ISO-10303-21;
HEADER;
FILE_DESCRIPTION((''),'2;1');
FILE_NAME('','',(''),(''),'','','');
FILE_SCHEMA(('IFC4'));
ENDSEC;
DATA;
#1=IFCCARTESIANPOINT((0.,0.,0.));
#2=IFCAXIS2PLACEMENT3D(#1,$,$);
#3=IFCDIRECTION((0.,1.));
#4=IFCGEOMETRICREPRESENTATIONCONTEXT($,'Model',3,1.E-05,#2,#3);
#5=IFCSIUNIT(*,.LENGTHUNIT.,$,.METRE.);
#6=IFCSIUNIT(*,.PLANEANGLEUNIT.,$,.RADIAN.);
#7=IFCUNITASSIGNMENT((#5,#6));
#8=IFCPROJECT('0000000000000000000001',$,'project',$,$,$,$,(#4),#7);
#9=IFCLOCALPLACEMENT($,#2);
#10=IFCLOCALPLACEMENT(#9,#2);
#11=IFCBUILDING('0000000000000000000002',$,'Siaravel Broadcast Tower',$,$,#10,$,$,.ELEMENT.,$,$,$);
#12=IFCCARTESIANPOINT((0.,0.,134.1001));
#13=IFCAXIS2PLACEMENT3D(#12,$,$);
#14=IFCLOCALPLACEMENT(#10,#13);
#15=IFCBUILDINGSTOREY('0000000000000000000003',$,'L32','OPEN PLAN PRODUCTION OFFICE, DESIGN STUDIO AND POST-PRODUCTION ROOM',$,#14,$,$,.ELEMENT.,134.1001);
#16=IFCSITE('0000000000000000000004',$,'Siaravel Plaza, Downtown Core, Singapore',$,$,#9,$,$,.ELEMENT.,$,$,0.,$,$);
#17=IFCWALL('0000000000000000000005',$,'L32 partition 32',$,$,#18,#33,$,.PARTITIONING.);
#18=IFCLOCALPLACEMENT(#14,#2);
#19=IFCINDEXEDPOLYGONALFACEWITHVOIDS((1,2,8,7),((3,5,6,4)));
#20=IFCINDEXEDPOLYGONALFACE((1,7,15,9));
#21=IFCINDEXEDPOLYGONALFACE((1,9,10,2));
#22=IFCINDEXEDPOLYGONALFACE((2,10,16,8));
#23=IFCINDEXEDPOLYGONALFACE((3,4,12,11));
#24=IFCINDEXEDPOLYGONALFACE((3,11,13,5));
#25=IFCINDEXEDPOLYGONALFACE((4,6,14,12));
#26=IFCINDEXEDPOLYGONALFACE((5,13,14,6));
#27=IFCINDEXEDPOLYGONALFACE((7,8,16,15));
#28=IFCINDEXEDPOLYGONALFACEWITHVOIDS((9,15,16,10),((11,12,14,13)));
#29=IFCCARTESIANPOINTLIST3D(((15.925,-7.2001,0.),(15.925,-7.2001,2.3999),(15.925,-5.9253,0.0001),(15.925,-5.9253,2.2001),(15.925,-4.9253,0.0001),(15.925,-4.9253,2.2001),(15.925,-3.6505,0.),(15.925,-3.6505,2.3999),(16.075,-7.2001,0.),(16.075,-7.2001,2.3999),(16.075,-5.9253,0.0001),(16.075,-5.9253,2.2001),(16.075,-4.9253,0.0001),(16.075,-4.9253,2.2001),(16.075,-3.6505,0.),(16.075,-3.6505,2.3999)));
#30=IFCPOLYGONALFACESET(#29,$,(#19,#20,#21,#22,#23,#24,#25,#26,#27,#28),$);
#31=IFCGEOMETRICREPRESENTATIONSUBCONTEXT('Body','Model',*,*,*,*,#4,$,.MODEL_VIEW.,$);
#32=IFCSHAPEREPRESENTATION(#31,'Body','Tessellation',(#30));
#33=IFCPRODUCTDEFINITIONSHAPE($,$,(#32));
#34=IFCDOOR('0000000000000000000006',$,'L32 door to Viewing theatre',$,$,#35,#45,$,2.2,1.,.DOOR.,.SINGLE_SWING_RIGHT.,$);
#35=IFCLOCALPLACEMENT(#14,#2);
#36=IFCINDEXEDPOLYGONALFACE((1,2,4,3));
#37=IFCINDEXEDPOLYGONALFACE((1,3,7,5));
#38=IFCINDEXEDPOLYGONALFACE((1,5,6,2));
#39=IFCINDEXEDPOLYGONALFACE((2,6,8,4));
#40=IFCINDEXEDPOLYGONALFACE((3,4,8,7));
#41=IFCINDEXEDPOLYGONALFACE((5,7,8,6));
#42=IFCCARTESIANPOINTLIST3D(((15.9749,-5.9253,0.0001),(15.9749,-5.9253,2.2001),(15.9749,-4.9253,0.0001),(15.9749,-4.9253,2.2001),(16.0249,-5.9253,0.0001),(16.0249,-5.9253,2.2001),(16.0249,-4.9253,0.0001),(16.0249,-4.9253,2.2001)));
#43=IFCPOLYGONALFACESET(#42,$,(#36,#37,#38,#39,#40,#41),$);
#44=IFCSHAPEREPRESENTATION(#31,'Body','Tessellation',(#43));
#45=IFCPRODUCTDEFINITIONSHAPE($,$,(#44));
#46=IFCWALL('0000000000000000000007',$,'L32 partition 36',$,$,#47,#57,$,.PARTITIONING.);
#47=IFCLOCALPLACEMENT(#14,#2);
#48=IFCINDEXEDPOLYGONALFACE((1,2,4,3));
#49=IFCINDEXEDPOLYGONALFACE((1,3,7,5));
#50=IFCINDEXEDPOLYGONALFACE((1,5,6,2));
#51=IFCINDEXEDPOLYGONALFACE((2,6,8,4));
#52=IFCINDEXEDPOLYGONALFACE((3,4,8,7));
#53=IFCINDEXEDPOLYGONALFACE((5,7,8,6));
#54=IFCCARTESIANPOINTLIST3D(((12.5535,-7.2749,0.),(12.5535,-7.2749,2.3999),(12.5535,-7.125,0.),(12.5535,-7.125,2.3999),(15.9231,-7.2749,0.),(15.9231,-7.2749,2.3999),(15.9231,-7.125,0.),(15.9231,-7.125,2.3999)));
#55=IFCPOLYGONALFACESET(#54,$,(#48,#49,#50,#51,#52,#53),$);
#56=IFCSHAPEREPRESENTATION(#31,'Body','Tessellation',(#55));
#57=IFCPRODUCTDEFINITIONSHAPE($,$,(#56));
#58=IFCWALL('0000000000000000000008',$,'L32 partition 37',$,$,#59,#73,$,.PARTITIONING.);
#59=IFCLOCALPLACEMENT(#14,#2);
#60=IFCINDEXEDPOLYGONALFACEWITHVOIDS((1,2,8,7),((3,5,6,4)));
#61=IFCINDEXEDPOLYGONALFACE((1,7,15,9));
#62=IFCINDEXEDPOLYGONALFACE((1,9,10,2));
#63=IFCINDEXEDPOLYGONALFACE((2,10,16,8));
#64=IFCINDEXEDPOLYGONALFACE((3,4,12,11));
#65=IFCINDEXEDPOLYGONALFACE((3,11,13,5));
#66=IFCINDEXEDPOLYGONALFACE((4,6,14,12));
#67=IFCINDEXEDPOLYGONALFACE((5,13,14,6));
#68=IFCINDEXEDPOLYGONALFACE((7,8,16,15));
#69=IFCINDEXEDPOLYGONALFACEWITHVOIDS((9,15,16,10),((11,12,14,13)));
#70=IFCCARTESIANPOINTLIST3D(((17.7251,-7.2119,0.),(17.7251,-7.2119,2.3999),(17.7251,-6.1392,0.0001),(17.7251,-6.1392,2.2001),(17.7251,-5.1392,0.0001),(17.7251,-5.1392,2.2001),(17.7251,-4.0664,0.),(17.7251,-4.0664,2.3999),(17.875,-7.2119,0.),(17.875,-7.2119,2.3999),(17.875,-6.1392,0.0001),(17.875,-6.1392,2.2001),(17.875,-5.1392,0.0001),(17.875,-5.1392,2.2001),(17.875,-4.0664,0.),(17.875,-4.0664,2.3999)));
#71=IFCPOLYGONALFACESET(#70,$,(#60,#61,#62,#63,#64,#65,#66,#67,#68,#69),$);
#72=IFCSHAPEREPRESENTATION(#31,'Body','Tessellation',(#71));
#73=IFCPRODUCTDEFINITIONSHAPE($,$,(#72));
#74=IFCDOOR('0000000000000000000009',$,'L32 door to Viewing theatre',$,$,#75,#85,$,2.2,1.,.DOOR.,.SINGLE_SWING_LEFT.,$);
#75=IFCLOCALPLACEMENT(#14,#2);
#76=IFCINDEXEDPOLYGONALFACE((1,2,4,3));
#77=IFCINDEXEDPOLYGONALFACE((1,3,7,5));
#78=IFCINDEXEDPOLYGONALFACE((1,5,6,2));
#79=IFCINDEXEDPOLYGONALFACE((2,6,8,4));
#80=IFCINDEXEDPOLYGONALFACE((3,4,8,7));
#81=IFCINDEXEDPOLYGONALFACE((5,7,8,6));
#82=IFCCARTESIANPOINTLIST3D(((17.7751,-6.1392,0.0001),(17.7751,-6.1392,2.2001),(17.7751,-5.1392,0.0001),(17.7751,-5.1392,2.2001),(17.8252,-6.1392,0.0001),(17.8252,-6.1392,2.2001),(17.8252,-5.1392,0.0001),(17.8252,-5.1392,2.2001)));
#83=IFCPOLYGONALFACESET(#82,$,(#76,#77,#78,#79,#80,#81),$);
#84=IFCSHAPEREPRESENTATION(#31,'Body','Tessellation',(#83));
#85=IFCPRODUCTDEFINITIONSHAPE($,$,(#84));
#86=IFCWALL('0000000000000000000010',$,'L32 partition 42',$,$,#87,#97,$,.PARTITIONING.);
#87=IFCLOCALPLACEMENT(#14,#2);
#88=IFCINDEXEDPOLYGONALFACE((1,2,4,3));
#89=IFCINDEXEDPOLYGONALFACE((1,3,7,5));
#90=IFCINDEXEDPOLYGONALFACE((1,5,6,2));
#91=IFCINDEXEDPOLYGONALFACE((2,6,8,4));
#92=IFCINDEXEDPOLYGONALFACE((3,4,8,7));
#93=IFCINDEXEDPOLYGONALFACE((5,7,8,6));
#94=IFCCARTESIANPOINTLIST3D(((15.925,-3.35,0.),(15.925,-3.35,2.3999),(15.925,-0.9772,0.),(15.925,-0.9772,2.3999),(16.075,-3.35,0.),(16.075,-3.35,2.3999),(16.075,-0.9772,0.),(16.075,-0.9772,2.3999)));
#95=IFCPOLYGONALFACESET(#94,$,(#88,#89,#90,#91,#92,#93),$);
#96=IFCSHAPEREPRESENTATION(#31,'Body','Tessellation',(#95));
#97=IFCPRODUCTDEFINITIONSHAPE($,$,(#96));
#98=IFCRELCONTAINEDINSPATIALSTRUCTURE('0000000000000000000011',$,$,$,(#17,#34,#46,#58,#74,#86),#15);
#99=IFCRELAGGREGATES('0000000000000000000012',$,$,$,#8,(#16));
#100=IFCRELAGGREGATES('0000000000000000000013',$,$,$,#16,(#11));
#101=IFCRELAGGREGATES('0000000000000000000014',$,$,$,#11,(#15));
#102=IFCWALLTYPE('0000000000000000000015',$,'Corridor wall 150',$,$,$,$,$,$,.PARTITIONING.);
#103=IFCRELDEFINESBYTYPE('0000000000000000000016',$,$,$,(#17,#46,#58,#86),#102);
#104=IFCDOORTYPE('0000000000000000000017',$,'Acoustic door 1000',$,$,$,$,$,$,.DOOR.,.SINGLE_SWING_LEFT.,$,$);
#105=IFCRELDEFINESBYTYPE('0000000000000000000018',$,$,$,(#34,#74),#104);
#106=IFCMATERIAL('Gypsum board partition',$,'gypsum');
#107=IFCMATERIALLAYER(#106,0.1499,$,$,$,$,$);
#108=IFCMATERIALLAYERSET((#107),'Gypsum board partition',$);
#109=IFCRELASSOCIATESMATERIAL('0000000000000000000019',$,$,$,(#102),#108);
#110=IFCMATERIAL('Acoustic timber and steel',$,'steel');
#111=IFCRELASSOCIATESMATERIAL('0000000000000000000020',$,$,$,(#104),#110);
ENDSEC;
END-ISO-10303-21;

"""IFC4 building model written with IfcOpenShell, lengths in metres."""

from ifc_helpers import new_model, si_unit, direction, frame, frame_2d, origin, place, context, subcontext, project, spatial, rectangle, extrude, material, layer, layer_set, type_object, element, fill, save


model = new_model("IFC4")

# Units and contexts
model_context = context("Model", 3, precision=1e-05, world=origin(), true_north=direction((0.0, 1.0)))
body_context = subcontext(model_context, "Body", "Model", "MODEL_VIEW")
ifc_project = project(units=[si_unit("LENGTHUNIT", "METRE"), si_unit("PLANEANGLEUNIT", "RADIAN")], contexts=[model_context])

# Site, building, storey
site_placement = place(None, origin())
site = spatial("IfcSite", under=ifc_project, at=site_placement, Name="Siaravel Plaza, Downtown Core, Singapore", CompositionType="ELEMENT", RefElevation=0.0)
building_placement = place(site_placement, origin())
building = spatial("IfcBuilding", under=site, at=building_placement, Name="Siaravel Broadcast Tower", CompositionType="ELEMENT")
storey_placement = place(building_placement, frame((0.0, 0.0, 134.1001)))
storey = spatial("IfcBuildingStorey", under=building, at=storey_placement, Name="L32", Description="OPEN PLAN PRODUCTION OFFICE, DESIGN STUDIO AND POST-PRODUCTION ROOM", CompositionType="ELEMENT", Elevation=134.1001)

# Wall, opening, door
ifc_material_1 = material(Name="Gypsum board partition", Category="gypsum")
ifc_layer_1 = layer(ifc_material_1, 0.1499)
ifc_layer_set_1 = layer_set([ifc_layer_1], Name="Gypsum board partition")
wall_type_1 = type_object("IfcWallType", Name="Corridor wall 150", PredefinedType="PARTITIONING", material=ifc_layer_set_1)
wall_1_placement = place(storey_placement, frame((16.0, -3.6504, 0.0), z_axis=(0.0, 0.0, 1.0), x_axis=(0.0, -1.0, 0.0)))
wall_1 = element("IfcWall", 1, at=wall_1_placement, inside=storey, type_object=wall_type_1, Name="L32 partition 32", PredefinedType="PARTITIONING", context=body_context, shape_type="SweptSolid", body=[
    extrude(rectangle(XDim=3.5496, YDim=0.1499, at=frame_2d((1.7749, 0.0))), origin(), (0.0, 0.0, 1.0), 2.3999),
])
opening_1_placement = place(wall_1_placement, frame((1.2749, 0.0, 0.0)))
opening_1 = element("IfcOpeningElement", 2, at=opening_1_placement, cuts=wall_1, PredefinedType="OPENING", context=body_context, shape_type="SweptSolid", body=[
    extrude(rectangle(XDim=1.0, YDim=2.2, at=frame_2d((0.5, 1.1001))), frame((0.0, 0.085, 0.0), z_axis=(0.0, -1.0, 0.0), x_axis=(1.0, 0.0, 0.0)), (0.0, 0.0, 1.0), 0.1699),
])
ifc_material_2 = material(Name="Acoustic timber and steel", Category="steel")
door_type_1 = type_object("IfcDoorType", Name="Acoustic door 1000", OperationType="SINGLE_SWING_LEFT", PredefinedType="DOOR", material=ifc_material_2)
door_1_placement = place(opening_1_placement, origin())
door_1 = element("IfcDoor", 3, at=door_1_placement, inside=storey, type_object=door_type_1, Name="L32 door to Viewing theatre", OperationType="SINGLE_SWING_RIGHT", OverallHeight=2.2, OverallWidth=1.0, PredefinedType="DOOR", context=body_context, shape_type="SweptSolid", body=[
    extrude(rectangle(XDim=1.0, YDim=2.2, at=frame_2d((0.5, 1.1001))), frame((0.0, 0.0249, 0.0), z_axis=(0.0, -1.0, 0.0), x_axis=(1.0, 0.0, 0.0)), (0.0, 0.0, 1.0), 0.05),
])
fill(opening_1, door_1)

# Wall
wall_2_placement = place(storey_placement, frame((15.9231, -7.2, 0.0), z_axis=(0.0, 0.0, 1.0), x_axis=(-1.0, 0.0, 0.0)))
element("IfcWall", 4, at=wall_2_placement, inside=storey, type_object=wall_type_1, Name="L32 partition 36", PredefinedType="PARTITIONING", context=body_context, shape_type="SweptSolid", body=[
    extrude(rectangle(XDim=3.3696, YDim=0.1499, at=frame_2d((1.6848, 0.0))), origin(), (0.0, 0.0, 1.0), 2.3999),
])

# Wall, opening, door
wall_3_placement = place(storey_placement, frame((17.8, -7.2119, 0.0), z_axis=(0.0, 0.0, 1.0), x_axis=(0.0, 1.0, 0.0)))
wall_3 = element("IfcWall", 5, at=wall_3_placement, inside=storey, type_object=wall_type_1, Name="L32 partition 37", PredefinedType="PARTITIONING", context=body_context, shape_type="SweptSolid", body=[
    extrude(rectangle(XDim=3.1455, YDim=0.1499, at=frame_2d((1.5728, 0.0))), origin(), (0.0, 0.0, 1.0), 2.3999),
])
opening_2_placement = place(wall_3_placement, frame((1.0728, 0.0, 0.0)))
opening_2 = element("IfcOpeningElement", 6, at=opening_2_placement, cuts=wall_3, PredefinedType="OPENING", context=body_context, shape_type="SweptSolid", body=[
    extrude(rectangle(XDim=1.0, YDim=2.2, at=frame_2d((0.5, 1.1001))), frame((0.0, 0.085, 0.0), z_axis=(0.0, -1.0, 0.0), x_axis=(1.0, 0.0, 0.0)), (0.0, 0.0, 1.0), 0.1699),
])
door_2_placement = place(opening_2_placement, origin())
door_2 = element("IfcDoor", 7, at=door_2_placement, inside=storey, type_object=door_type_1, Name="L32 door to Viewing theatre", OperationType="SINGLE_SWING_LEFT", OverallHeight=2.2, OverallWidth=1.0, PredefinedType="DOOR", context=body_context, shape_type="SweptSolid", body=[
    extrude(rectangle(XDim=1.0, YDim=2.2, at=frame_2d((0.5, 1.1001))), frame((0.0, 0.0249, 0.0), z_axis=(0.0, -1.0, 0.0), x_axis=(1.0, 0.0, 0.0)), (0.0, 0.0, 1.0), 0.05),
])
fill(opening_2, door_2)

# Wall
wall_4_placement = place(storey_placement, frame((16.0, -0.9771, 0.0), z_axis=(0.0, 0.0, 1.0), x_axis=(0.0, -1.0, 0.0)))
element("IfcWall", 8, at=wall_4_placement, inside=storey, type_object=wall_type_1, Name="L32 partition 42", PredefinedType="PARTITIONING", context=body_context, shape_type="SweptSolid", body=[
    extrude(rectangle(XDim=2.3728, YDim=0.1499, at=frame_2d((1.1865, 0.0))), origin(), (0.0, 0.0, 1.0), 2.3999),
])

save(model, "model.ifc")
